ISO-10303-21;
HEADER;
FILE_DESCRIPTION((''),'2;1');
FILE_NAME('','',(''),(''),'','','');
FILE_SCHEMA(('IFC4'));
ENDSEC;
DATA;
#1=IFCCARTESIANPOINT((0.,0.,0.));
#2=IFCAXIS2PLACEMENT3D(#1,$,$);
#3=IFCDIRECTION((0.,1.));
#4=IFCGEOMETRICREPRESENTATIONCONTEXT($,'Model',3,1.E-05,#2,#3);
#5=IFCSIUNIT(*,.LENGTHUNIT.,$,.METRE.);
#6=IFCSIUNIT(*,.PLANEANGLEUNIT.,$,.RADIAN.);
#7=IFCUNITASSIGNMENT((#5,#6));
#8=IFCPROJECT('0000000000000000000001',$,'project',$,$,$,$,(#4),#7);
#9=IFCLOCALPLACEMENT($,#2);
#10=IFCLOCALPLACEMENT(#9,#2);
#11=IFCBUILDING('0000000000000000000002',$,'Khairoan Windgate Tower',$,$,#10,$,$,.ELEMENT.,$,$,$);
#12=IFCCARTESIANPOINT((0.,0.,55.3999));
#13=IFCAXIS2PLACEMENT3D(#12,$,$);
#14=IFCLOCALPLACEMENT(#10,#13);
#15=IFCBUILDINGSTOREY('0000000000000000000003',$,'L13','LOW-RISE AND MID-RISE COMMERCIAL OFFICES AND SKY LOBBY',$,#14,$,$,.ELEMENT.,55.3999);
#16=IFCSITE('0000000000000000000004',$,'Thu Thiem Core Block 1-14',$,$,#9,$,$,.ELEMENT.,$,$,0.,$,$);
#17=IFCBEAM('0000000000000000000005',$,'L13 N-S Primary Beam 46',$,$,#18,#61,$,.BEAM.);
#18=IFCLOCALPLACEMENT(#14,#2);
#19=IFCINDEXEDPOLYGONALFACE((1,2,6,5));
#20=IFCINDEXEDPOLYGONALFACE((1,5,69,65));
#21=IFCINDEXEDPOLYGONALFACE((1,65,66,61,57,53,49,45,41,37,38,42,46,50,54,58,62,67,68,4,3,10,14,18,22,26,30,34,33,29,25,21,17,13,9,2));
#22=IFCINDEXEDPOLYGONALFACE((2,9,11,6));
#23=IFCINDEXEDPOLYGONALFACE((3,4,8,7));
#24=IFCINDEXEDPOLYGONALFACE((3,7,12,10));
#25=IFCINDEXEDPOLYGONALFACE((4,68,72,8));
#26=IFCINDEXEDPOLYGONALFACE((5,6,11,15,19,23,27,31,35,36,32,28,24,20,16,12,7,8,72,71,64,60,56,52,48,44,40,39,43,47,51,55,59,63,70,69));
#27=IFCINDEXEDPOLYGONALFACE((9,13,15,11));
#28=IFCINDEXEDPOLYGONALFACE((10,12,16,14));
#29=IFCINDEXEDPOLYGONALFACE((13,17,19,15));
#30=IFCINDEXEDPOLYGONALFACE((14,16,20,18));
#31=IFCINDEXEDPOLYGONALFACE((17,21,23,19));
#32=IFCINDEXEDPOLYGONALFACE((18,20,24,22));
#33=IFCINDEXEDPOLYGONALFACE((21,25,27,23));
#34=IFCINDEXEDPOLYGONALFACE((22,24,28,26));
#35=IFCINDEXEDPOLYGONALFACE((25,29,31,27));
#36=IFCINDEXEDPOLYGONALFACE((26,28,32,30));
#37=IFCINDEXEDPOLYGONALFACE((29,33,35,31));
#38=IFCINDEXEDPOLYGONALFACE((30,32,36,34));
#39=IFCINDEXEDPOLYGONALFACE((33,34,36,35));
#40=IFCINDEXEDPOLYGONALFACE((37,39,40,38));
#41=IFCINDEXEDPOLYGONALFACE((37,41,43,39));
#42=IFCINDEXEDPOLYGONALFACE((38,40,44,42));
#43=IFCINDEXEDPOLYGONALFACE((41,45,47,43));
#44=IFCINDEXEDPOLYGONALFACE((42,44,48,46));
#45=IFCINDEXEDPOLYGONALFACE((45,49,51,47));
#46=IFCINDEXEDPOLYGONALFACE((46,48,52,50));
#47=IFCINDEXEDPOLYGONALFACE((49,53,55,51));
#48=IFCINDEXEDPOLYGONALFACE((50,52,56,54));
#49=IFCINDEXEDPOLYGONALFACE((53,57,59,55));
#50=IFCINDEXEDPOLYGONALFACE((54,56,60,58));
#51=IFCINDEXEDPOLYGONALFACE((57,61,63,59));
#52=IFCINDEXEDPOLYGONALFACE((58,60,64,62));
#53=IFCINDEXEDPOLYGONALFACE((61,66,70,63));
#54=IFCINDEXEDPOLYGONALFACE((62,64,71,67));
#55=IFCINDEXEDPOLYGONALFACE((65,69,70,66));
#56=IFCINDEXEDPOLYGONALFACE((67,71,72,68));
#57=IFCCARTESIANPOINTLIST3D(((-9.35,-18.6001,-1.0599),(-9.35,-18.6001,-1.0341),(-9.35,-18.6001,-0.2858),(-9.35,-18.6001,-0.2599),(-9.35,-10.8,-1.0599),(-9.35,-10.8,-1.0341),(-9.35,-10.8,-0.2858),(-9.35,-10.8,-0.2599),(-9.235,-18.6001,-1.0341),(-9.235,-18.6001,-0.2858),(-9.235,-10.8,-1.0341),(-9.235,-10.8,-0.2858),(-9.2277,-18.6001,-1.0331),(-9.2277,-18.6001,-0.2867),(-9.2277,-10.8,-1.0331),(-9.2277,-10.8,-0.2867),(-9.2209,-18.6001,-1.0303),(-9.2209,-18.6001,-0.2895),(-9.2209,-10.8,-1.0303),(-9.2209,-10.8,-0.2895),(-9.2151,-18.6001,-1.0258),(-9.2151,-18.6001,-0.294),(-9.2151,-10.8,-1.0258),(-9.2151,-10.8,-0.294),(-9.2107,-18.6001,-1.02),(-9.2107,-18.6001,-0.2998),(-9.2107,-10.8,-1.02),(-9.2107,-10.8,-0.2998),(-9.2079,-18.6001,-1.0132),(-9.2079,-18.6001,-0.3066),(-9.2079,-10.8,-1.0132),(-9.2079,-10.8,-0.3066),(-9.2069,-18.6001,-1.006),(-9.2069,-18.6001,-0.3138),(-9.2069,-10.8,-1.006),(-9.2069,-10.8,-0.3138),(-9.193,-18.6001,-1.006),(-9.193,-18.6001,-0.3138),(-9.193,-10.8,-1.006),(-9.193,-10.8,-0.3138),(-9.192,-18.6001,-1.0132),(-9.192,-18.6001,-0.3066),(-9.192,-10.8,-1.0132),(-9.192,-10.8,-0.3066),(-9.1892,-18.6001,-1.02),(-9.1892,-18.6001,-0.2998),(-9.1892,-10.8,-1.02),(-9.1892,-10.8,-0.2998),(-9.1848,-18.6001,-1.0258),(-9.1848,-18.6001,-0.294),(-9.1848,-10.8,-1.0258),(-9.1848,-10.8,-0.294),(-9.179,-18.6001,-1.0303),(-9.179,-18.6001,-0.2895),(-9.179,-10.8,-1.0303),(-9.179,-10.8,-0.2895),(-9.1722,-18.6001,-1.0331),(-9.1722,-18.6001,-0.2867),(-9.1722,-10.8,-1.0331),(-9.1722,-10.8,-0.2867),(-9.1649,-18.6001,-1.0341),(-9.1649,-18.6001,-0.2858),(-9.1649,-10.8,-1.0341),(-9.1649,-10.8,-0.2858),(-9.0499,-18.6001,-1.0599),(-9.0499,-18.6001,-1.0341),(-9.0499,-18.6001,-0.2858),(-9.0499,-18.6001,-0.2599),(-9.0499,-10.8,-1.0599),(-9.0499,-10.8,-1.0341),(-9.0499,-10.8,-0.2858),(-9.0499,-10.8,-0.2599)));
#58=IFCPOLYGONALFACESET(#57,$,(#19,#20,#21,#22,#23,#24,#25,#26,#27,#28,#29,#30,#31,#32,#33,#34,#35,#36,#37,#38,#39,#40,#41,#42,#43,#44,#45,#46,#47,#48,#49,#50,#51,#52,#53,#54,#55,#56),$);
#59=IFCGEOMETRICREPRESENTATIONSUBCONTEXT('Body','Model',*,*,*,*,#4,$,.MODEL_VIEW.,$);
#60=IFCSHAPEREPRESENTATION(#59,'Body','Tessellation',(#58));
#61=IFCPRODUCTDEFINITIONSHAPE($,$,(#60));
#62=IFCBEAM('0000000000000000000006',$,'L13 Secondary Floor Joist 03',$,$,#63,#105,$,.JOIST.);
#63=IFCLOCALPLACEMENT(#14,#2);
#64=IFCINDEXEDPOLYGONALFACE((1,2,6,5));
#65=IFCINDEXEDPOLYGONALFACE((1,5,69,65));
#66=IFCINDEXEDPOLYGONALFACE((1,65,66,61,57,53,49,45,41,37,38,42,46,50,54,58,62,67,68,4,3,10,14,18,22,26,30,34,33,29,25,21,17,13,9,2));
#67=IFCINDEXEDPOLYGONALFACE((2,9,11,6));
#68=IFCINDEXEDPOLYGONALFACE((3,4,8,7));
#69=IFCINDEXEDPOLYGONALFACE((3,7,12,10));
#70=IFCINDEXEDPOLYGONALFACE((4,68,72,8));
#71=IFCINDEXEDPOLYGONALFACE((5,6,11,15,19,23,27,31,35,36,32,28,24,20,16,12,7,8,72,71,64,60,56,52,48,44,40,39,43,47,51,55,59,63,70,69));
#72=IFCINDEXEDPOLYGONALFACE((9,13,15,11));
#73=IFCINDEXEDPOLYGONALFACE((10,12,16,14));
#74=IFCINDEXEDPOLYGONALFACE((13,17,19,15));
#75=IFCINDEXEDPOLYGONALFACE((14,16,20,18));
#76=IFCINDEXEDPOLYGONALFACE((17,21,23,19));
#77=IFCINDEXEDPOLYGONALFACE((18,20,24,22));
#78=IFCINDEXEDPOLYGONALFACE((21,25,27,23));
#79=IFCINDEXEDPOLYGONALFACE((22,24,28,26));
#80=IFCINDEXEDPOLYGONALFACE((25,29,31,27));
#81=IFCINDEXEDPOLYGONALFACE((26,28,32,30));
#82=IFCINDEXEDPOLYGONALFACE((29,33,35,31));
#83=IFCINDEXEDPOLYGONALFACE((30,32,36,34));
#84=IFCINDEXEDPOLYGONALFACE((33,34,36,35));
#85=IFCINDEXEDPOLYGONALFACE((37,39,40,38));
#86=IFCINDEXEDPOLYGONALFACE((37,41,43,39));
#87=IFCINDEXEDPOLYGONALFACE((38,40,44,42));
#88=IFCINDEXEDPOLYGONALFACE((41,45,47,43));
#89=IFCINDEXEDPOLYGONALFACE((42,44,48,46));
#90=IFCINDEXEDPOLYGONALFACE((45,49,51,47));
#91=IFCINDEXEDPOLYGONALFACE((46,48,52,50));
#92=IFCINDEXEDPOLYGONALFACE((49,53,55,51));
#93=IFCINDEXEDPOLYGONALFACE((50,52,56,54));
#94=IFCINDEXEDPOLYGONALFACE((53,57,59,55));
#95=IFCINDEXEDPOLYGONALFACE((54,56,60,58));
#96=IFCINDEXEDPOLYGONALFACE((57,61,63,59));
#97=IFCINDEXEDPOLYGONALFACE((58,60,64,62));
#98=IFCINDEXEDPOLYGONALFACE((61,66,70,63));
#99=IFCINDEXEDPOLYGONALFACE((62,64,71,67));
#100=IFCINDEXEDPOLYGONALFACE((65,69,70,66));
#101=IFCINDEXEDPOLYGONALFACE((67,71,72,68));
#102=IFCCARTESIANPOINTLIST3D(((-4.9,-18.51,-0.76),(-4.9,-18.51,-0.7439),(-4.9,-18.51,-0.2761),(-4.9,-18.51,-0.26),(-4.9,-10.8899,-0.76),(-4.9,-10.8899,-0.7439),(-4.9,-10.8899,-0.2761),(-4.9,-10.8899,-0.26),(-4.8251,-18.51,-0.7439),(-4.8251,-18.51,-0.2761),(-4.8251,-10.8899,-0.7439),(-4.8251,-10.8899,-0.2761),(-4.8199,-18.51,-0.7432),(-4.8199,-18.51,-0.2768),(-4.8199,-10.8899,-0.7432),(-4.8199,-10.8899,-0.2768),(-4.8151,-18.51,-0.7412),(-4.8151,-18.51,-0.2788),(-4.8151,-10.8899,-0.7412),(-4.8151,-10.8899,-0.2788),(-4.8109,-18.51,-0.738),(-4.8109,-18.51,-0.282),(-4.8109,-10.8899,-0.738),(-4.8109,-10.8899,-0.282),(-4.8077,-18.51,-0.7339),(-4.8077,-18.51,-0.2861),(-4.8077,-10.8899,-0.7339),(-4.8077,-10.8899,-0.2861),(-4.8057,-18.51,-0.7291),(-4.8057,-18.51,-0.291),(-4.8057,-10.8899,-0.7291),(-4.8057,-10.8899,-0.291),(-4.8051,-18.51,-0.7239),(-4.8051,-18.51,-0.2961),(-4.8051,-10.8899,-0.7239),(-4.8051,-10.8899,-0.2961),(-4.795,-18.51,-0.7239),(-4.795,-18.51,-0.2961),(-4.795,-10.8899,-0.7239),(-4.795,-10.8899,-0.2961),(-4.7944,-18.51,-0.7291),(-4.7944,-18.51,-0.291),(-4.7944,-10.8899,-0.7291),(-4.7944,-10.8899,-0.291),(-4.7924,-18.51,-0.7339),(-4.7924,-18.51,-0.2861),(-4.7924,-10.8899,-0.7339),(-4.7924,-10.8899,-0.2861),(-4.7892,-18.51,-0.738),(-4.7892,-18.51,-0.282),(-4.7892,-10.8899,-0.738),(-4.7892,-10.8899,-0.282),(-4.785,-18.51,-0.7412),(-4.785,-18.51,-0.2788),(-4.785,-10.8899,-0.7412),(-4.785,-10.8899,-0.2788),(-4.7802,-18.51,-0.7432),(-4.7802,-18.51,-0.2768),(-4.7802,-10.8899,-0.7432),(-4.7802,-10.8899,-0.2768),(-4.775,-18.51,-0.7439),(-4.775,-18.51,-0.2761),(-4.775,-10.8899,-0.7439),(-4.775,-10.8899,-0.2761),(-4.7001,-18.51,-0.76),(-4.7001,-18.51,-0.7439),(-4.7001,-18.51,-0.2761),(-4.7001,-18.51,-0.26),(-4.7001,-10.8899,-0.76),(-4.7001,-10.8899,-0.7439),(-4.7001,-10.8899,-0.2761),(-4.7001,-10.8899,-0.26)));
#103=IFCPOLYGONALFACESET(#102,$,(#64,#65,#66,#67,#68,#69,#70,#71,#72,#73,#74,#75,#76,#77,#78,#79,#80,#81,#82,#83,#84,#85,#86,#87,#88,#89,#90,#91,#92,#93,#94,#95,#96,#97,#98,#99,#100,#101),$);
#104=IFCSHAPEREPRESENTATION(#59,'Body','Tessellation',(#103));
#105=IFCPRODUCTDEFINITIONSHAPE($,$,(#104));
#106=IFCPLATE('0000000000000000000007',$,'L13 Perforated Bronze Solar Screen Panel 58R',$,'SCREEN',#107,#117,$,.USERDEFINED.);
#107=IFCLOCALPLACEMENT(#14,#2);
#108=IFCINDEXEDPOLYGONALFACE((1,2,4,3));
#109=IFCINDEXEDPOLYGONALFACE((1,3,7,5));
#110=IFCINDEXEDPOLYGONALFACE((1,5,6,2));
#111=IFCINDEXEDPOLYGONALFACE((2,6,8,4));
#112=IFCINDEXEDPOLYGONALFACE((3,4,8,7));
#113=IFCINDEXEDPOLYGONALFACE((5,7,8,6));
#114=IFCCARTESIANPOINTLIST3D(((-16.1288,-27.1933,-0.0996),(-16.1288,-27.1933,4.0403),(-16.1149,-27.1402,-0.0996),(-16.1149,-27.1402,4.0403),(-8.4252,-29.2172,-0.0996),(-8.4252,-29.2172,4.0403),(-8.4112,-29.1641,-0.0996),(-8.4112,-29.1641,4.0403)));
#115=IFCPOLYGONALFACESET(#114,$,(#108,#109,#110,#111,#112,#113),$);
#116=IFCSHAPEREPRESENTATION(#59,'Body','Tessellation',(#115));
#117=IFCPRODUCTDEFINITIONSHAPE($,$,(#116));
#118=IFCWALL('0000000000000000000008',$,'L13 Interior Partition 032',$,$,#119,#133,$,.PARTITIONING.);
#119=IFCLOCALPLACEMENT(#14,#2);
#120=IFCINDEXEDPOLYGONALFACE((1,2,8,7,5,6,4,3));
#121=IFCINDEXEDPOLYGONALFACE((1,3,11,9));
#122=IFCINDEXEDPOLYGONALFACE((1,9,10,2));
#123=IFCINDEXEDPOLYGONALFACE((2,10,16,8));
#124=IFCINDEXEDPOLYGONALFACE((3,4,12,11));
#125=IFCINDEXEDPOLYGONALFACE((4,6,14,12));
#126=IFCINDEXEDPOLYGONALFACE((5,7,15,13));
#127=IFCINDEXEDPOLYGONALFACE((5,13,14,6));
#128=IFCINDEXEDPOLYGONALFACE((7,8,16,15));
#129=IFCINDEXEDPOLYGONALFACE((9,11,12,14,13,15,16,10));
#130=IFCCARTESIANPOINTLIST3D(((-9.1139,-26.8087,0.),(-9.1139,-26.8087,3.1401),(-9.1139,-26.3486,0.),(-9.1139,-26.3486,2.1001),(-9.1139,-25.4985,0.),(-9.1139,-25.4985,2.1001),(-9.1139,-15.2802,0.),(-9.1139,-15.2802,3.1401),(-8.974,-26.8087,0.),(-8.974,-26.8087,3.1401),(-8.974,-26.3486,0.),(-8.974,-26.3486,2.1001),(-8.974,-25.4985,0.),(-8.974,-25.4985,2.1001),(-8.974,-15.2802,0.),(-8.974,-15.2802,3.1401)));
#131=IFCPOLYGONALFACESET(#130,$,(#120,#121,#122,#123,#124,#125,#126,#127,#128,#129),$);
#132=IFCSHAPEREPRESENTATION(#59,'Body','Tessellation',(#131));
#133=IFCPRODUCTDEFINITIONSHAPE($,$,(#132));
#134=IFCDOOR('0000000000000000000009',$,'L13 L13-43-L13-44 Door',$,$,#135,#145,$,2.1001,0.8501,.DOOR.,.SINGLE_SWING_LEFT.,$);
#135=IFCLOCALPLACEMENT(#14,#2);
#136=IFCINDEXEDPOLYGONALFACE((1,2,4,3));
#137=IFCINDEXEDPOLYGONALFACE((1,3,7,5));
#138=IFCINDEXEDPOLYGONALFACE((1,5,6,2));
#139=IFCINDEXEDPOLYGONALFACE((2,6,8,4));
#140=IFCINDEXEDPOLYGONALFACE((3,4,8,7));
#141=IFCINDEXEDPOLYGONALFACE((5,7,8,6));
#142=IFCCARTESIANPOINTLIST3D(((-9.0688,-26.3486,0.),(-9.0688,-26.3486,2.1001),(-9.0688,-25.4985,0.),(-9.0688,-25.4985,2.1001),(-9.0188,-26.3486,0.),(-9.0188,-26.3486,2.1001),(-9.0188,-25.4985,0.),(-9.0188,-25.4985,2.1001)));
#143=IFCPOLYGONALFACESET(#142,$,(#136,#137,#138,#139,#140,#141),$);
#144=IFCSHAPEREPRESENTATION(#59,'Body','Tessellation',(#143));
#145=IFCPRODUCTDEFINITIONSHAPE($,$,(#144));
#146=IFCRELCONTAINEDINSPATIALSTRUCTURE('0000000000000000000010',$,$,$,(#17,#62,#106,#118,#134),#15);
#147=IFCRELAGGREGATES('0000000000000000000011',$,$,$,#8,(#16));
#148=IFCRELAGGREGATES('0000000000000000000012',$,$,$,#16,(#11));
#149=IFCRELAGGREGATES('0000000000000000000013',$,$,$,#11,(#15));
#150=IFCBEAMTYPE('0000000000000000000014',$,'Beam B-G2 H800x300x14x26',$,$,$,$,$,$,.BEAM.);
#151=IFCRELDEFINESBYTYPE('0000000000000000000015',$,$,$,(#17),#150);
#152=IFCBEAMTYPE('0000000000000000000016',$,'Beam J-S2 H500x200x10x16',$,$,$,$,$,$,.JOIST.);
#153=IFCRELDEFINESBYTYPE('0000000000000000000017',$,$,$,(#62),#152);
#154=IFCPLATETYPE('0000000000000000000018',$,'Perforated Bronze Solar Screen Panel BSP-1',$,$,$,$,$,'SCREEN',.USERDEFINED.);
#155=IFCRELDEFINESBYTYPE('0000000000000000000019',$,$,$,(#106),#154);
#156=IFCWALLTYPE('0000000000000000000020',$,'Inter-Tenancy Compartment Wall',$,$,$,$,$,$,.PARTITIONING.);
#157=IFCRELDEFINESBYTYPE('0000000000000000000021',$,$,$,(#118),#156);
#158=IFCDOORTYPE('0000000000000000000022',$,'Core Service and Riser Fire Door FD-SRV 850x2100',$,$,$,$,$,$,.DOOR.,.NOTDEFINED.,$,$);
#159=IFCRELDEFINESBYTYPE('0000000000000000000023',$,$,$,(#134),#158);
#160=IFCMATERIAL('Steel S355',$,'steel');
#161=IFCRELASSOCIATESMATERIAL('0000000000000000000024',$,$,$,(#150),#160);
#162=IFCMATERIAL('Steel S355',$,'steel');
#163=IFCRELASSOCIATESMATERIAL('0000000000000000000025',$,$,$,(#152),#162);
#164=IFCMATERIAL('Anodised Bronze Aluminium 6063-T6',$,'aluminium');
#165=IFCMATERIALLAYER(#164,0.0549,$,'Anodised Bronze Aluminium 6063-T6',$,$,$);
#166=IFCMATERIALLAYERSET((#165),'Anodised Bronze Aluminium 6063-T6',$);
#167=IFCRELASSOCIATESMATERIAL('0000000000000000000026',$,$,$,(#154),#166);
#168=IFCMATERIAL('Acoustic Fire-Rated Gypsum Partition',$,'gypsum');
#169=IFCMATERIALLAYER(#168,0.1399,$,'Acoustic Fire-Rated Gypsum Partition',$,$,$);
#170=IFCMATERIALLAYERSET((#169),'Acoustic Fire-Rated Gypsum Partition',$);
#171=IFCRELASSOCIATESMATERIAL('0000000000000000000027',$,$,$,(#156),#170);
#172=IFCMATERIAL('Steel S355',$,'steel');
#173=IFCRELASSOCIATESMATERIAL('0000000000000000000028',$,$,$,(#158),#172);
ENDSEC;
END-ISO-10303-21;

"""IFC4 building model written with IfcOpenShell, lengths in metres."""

from ifc_helpers import new_model, si_unit, direction, frame, frame_2d, origin, origin_2d, place, context, subcontext, project, spatial, rectangle, i_section, extrude, material, layer, layer_set, material_profile, profile_set, type_object, element, fill, save


model = new_model("IFC4")

# Units and contexts
model_context = context("Model", 3, precision=1e-05, world=origin(), true_north=direction((0.0, 1.0)))
body_context = subcontext(model_context, "Body", "Model", "MODEL_VIEW")
ifc_project = project(units=[si_unit("LENGTHUNIT", "METRE"), si_unit("PLANEANGLEUNIT", "RADIAN")], contexts=[model_context])

# Site, building, storey
site_placement = place(None, origin())
site = spatial("IfcSite", under=ifc_project, at=site_placement, Name="Thu Thiem Core Block 1-14", CompositionType="ELEMENT", RefElevation=0.0)
building_placement = place(site_placement, origin())
building = spatial("IfcBuilding", under=site, at=building_placement, Name="Khairoan Windgate Tower", CompositionType="ELEMENT")
storey_placement = place(building_placement, frame((0.0, 0.0, 55.3999)))
storey = spatial("IfcBuildingStorey", under=building, at=storey_placement, Name="L13", Description="LOW-RISE AND MID-RISE COMMERCIAL OFFICES AND SKY LOBBY", CompositionType="ELEMENT", Elevation=55.3999)

# Beams
ifc_material_1 = material(Name="Steel S355", Category="steel")
ifc_material_profile_1 = material_profile(ifc_material_1, i_section(OverallWidth=0.3, OverallDepth=0.8, WebThickness=0.0139, FlangeThickness=0.0259, FilletRadius=0.0281, at=origin_2d()))
ifc_profile_set_1 = profile_set([ifc_material_profile_1], Name="Steel S355")
beam_type_1 = type_object("IfcBeamType", Name="Beam B-G2 H800x300x14x26", PredefinedType="BEAM", material=ifc_profile_set_1)
beam_1_placement = place(storey_placement, frame((-9.2, -18.6001, -0.6599), z_axis=(0.0, 1.0, 0.0), x_axis=(-1.0, 0.0, 0.0)))
element("IfcBeam", 1, at=beam_1_placement, inside=storey, type_object=beam_type_1, Name="L13 N-S Primary Beam 46", PredefinedType="BEAM", context=body_context, shape_type="SweptSolid", body=[
    extrude(i_section(OverallWidth=0.3, OverallDepth=0.8, WebThickness=0.0139, FlangeThickness=0.0259, FilletRadius=0.0281, at=origin_2d()), origin(), (0.0, 0.0, 1.0), 7.8),
])
ifc_material_2 = material(Name="Steel S355", Category="steel")
ifc_material_profile_2 = material_profile(ifc_material_2, i_section(OverallWidth=0.2, OverallDepth=0.5, WebThickness=0.01, FlangeThickness=0.0161, FilletRadius=0.02, at=origin_2d()))
ifc_profile_set_2 = profile_set([ifc_material_profile_2], Name="Steel S355")
beam_type_2 = type_object("IfcBeamType", Name="Beam J-S2 H500x200x10x16", PredefinedType="JOIST", material=ifc_profile_set_2)
beam_2_placement = place(storey_placement, frame((-4.8, -18.51, -0.51), z_axis=(0.0, 1.0, 0.0), x_axis=(-1.0, 0.0, 0.0)))
element("IfcBeam", 2, at=beam_2_placement, inside=storey, type_object=beam_type_2, Name="L13 Secondary Floor Joist 03", PredefinedType="JOIST", context=body_context, shape_type="SweptSolid", body=[
    extrude(i_section(OverallWidth=0.2, OverallDepth=0.5, WebThickness=0.01, FlangeThickness=0.0161, FilletRadius=0.02, at=origin_2d()), origin(), (0.0, 0.0, 1.0), 7.6201),
])

# Plate
ifc_material_3 = material(Name="Anodised Bronze Aluminium 6063-T6", Category="aluminium")
ifc_layer_1 = layer(ifc_material_3, 0.0549, Name="Anodised Bronze Aluminium 6063-T6")
ifc_layer_set_1 = layer_set([ifc_layer_1], Name="Anodised Bronze Aluminium 6063-T6")
plate_type = type_object("IfcPlateType", Name="Perforated Bronze Solar Screen Panel BSP-1", ElementType="SCREEN", PredefinedType="USERDEFINED", material=ifc_layer_set_1)
plate_placement = place(storey_placement, frame((-12.27, -28.1787, -0.0996), z_axis=(0.0, 0.0, 1.0), x_axis=(-0.967179, 0.254096, 0.0)))
element("IfcPlate", 3, at=plate_placement, inside=storey, type_object=plate_type, Name="L13 Perforated Bronze Solar Screen Panel 58R", ObjectType="SCREEN", PredefinedType="USERDEFINED", context=body_context, shape_type="SweptSolid", body=[
    extrude(rectangle(XDim=7.9651, YDim=0.0549, at=origin_2d()), origin(), (0.0, 0.0, 1.0), 4.1399),
])

# Wall, opening, door
ifc_material_4 = material(Name="Acoustic Fire-Rated Gypsum Partition", Category="gypsum")
ifc_layer_2 = layer(ifc_material_4, 0.1399, Name="Acoustic Fire-Rated Gypsum Partition")
ifc_layer_set_2 = layer_set([ifc_layer_2], Name="Acoustic Fire-Rated Gypsum Partition")
wall_type_1 = type_object("IfcWallType", Name="Inter-Tenancy Compartment Wall", PredefinedType="PARTITIONING", material=ifc_layer_set_2)
wall_1_placement = place(storey_placement, frame((-9.0439, -26.8086, 0.0), z_axis=(0.0, 0.0, 1.0), x_axis=(0.0, 1.0, 0.0)))
wall_1 = element("IfcWall", 4, at=wall_1_placement, inside=storey, type_object=wall_type_1, Name="L13 Interior Partition 032", PredefinedType="PARTITIONING", context=body_context, shape_type="SweptSolid", body=[
    extrude(rectangle(XDim=11.5286, YDim=0.1399, at=frame_2d((5.7642, 0.0))), origin(), (0.0, 0.0, 1.0), 3.1401),
])
opening_1_placement = place(wall_1_placement, frame((0.46, 0.0, 0.0)))
opening_1 = element("IfcOpeningElement", 5, at=opening_1_placement, cuts=wall_1, PredefinedType="OPENING", context=body_context, shape_type="SweptSolid", body=[
    extrude(rectangle(XDim=0.8501, YDim=2.1001, at=frame_2d((0.425, 1.05))), frame((0.0, 0.0798, 0.0), z_axis=(0.0, -1.0, 0.0), x_axis=(1.0, 0.0, 0.0)), (0.0, 0.0, 1.0), 0.1599),
])
ifc_material_5 = material(Name="Steel S355", Category="steel")
door_type_1 = type_object("IfcDoorType", Name="Core Service and Riser Fire Door FD-SRV 850x2100", OperationType="NOTDEFINED", PredefinedType="DOOR", material=ifc_material_5)
door_1_placement = place(opening_1_placement, origin())
door_1 = element("IfcDoor", 6, at=door_1_placement, inside=storey, type_object=door_type_1, Name="L13 L13-43-L13-44 Door", OperationType="SINGLE_SWING_LEFT", OverallHeight=2.1001, OverallWidth=0.8501, PredefinedType="DOOR", context=body_context, shape_type="SweptSolid", body=[
    extrude(rectangle(XDim=0.8501, YDim=2.1001, at=frame_2d((0.425, 1.05))), frame((0.0, 0.0249, 0.0), z_axis=(0.0, -1.0, 0.0), x_axis=(1.0, 0.0, 0.0)), (0.0, 0.0, 1.0), 0.05),
])
fill(opening_1, door_1)

save(model, "model.ifc")
